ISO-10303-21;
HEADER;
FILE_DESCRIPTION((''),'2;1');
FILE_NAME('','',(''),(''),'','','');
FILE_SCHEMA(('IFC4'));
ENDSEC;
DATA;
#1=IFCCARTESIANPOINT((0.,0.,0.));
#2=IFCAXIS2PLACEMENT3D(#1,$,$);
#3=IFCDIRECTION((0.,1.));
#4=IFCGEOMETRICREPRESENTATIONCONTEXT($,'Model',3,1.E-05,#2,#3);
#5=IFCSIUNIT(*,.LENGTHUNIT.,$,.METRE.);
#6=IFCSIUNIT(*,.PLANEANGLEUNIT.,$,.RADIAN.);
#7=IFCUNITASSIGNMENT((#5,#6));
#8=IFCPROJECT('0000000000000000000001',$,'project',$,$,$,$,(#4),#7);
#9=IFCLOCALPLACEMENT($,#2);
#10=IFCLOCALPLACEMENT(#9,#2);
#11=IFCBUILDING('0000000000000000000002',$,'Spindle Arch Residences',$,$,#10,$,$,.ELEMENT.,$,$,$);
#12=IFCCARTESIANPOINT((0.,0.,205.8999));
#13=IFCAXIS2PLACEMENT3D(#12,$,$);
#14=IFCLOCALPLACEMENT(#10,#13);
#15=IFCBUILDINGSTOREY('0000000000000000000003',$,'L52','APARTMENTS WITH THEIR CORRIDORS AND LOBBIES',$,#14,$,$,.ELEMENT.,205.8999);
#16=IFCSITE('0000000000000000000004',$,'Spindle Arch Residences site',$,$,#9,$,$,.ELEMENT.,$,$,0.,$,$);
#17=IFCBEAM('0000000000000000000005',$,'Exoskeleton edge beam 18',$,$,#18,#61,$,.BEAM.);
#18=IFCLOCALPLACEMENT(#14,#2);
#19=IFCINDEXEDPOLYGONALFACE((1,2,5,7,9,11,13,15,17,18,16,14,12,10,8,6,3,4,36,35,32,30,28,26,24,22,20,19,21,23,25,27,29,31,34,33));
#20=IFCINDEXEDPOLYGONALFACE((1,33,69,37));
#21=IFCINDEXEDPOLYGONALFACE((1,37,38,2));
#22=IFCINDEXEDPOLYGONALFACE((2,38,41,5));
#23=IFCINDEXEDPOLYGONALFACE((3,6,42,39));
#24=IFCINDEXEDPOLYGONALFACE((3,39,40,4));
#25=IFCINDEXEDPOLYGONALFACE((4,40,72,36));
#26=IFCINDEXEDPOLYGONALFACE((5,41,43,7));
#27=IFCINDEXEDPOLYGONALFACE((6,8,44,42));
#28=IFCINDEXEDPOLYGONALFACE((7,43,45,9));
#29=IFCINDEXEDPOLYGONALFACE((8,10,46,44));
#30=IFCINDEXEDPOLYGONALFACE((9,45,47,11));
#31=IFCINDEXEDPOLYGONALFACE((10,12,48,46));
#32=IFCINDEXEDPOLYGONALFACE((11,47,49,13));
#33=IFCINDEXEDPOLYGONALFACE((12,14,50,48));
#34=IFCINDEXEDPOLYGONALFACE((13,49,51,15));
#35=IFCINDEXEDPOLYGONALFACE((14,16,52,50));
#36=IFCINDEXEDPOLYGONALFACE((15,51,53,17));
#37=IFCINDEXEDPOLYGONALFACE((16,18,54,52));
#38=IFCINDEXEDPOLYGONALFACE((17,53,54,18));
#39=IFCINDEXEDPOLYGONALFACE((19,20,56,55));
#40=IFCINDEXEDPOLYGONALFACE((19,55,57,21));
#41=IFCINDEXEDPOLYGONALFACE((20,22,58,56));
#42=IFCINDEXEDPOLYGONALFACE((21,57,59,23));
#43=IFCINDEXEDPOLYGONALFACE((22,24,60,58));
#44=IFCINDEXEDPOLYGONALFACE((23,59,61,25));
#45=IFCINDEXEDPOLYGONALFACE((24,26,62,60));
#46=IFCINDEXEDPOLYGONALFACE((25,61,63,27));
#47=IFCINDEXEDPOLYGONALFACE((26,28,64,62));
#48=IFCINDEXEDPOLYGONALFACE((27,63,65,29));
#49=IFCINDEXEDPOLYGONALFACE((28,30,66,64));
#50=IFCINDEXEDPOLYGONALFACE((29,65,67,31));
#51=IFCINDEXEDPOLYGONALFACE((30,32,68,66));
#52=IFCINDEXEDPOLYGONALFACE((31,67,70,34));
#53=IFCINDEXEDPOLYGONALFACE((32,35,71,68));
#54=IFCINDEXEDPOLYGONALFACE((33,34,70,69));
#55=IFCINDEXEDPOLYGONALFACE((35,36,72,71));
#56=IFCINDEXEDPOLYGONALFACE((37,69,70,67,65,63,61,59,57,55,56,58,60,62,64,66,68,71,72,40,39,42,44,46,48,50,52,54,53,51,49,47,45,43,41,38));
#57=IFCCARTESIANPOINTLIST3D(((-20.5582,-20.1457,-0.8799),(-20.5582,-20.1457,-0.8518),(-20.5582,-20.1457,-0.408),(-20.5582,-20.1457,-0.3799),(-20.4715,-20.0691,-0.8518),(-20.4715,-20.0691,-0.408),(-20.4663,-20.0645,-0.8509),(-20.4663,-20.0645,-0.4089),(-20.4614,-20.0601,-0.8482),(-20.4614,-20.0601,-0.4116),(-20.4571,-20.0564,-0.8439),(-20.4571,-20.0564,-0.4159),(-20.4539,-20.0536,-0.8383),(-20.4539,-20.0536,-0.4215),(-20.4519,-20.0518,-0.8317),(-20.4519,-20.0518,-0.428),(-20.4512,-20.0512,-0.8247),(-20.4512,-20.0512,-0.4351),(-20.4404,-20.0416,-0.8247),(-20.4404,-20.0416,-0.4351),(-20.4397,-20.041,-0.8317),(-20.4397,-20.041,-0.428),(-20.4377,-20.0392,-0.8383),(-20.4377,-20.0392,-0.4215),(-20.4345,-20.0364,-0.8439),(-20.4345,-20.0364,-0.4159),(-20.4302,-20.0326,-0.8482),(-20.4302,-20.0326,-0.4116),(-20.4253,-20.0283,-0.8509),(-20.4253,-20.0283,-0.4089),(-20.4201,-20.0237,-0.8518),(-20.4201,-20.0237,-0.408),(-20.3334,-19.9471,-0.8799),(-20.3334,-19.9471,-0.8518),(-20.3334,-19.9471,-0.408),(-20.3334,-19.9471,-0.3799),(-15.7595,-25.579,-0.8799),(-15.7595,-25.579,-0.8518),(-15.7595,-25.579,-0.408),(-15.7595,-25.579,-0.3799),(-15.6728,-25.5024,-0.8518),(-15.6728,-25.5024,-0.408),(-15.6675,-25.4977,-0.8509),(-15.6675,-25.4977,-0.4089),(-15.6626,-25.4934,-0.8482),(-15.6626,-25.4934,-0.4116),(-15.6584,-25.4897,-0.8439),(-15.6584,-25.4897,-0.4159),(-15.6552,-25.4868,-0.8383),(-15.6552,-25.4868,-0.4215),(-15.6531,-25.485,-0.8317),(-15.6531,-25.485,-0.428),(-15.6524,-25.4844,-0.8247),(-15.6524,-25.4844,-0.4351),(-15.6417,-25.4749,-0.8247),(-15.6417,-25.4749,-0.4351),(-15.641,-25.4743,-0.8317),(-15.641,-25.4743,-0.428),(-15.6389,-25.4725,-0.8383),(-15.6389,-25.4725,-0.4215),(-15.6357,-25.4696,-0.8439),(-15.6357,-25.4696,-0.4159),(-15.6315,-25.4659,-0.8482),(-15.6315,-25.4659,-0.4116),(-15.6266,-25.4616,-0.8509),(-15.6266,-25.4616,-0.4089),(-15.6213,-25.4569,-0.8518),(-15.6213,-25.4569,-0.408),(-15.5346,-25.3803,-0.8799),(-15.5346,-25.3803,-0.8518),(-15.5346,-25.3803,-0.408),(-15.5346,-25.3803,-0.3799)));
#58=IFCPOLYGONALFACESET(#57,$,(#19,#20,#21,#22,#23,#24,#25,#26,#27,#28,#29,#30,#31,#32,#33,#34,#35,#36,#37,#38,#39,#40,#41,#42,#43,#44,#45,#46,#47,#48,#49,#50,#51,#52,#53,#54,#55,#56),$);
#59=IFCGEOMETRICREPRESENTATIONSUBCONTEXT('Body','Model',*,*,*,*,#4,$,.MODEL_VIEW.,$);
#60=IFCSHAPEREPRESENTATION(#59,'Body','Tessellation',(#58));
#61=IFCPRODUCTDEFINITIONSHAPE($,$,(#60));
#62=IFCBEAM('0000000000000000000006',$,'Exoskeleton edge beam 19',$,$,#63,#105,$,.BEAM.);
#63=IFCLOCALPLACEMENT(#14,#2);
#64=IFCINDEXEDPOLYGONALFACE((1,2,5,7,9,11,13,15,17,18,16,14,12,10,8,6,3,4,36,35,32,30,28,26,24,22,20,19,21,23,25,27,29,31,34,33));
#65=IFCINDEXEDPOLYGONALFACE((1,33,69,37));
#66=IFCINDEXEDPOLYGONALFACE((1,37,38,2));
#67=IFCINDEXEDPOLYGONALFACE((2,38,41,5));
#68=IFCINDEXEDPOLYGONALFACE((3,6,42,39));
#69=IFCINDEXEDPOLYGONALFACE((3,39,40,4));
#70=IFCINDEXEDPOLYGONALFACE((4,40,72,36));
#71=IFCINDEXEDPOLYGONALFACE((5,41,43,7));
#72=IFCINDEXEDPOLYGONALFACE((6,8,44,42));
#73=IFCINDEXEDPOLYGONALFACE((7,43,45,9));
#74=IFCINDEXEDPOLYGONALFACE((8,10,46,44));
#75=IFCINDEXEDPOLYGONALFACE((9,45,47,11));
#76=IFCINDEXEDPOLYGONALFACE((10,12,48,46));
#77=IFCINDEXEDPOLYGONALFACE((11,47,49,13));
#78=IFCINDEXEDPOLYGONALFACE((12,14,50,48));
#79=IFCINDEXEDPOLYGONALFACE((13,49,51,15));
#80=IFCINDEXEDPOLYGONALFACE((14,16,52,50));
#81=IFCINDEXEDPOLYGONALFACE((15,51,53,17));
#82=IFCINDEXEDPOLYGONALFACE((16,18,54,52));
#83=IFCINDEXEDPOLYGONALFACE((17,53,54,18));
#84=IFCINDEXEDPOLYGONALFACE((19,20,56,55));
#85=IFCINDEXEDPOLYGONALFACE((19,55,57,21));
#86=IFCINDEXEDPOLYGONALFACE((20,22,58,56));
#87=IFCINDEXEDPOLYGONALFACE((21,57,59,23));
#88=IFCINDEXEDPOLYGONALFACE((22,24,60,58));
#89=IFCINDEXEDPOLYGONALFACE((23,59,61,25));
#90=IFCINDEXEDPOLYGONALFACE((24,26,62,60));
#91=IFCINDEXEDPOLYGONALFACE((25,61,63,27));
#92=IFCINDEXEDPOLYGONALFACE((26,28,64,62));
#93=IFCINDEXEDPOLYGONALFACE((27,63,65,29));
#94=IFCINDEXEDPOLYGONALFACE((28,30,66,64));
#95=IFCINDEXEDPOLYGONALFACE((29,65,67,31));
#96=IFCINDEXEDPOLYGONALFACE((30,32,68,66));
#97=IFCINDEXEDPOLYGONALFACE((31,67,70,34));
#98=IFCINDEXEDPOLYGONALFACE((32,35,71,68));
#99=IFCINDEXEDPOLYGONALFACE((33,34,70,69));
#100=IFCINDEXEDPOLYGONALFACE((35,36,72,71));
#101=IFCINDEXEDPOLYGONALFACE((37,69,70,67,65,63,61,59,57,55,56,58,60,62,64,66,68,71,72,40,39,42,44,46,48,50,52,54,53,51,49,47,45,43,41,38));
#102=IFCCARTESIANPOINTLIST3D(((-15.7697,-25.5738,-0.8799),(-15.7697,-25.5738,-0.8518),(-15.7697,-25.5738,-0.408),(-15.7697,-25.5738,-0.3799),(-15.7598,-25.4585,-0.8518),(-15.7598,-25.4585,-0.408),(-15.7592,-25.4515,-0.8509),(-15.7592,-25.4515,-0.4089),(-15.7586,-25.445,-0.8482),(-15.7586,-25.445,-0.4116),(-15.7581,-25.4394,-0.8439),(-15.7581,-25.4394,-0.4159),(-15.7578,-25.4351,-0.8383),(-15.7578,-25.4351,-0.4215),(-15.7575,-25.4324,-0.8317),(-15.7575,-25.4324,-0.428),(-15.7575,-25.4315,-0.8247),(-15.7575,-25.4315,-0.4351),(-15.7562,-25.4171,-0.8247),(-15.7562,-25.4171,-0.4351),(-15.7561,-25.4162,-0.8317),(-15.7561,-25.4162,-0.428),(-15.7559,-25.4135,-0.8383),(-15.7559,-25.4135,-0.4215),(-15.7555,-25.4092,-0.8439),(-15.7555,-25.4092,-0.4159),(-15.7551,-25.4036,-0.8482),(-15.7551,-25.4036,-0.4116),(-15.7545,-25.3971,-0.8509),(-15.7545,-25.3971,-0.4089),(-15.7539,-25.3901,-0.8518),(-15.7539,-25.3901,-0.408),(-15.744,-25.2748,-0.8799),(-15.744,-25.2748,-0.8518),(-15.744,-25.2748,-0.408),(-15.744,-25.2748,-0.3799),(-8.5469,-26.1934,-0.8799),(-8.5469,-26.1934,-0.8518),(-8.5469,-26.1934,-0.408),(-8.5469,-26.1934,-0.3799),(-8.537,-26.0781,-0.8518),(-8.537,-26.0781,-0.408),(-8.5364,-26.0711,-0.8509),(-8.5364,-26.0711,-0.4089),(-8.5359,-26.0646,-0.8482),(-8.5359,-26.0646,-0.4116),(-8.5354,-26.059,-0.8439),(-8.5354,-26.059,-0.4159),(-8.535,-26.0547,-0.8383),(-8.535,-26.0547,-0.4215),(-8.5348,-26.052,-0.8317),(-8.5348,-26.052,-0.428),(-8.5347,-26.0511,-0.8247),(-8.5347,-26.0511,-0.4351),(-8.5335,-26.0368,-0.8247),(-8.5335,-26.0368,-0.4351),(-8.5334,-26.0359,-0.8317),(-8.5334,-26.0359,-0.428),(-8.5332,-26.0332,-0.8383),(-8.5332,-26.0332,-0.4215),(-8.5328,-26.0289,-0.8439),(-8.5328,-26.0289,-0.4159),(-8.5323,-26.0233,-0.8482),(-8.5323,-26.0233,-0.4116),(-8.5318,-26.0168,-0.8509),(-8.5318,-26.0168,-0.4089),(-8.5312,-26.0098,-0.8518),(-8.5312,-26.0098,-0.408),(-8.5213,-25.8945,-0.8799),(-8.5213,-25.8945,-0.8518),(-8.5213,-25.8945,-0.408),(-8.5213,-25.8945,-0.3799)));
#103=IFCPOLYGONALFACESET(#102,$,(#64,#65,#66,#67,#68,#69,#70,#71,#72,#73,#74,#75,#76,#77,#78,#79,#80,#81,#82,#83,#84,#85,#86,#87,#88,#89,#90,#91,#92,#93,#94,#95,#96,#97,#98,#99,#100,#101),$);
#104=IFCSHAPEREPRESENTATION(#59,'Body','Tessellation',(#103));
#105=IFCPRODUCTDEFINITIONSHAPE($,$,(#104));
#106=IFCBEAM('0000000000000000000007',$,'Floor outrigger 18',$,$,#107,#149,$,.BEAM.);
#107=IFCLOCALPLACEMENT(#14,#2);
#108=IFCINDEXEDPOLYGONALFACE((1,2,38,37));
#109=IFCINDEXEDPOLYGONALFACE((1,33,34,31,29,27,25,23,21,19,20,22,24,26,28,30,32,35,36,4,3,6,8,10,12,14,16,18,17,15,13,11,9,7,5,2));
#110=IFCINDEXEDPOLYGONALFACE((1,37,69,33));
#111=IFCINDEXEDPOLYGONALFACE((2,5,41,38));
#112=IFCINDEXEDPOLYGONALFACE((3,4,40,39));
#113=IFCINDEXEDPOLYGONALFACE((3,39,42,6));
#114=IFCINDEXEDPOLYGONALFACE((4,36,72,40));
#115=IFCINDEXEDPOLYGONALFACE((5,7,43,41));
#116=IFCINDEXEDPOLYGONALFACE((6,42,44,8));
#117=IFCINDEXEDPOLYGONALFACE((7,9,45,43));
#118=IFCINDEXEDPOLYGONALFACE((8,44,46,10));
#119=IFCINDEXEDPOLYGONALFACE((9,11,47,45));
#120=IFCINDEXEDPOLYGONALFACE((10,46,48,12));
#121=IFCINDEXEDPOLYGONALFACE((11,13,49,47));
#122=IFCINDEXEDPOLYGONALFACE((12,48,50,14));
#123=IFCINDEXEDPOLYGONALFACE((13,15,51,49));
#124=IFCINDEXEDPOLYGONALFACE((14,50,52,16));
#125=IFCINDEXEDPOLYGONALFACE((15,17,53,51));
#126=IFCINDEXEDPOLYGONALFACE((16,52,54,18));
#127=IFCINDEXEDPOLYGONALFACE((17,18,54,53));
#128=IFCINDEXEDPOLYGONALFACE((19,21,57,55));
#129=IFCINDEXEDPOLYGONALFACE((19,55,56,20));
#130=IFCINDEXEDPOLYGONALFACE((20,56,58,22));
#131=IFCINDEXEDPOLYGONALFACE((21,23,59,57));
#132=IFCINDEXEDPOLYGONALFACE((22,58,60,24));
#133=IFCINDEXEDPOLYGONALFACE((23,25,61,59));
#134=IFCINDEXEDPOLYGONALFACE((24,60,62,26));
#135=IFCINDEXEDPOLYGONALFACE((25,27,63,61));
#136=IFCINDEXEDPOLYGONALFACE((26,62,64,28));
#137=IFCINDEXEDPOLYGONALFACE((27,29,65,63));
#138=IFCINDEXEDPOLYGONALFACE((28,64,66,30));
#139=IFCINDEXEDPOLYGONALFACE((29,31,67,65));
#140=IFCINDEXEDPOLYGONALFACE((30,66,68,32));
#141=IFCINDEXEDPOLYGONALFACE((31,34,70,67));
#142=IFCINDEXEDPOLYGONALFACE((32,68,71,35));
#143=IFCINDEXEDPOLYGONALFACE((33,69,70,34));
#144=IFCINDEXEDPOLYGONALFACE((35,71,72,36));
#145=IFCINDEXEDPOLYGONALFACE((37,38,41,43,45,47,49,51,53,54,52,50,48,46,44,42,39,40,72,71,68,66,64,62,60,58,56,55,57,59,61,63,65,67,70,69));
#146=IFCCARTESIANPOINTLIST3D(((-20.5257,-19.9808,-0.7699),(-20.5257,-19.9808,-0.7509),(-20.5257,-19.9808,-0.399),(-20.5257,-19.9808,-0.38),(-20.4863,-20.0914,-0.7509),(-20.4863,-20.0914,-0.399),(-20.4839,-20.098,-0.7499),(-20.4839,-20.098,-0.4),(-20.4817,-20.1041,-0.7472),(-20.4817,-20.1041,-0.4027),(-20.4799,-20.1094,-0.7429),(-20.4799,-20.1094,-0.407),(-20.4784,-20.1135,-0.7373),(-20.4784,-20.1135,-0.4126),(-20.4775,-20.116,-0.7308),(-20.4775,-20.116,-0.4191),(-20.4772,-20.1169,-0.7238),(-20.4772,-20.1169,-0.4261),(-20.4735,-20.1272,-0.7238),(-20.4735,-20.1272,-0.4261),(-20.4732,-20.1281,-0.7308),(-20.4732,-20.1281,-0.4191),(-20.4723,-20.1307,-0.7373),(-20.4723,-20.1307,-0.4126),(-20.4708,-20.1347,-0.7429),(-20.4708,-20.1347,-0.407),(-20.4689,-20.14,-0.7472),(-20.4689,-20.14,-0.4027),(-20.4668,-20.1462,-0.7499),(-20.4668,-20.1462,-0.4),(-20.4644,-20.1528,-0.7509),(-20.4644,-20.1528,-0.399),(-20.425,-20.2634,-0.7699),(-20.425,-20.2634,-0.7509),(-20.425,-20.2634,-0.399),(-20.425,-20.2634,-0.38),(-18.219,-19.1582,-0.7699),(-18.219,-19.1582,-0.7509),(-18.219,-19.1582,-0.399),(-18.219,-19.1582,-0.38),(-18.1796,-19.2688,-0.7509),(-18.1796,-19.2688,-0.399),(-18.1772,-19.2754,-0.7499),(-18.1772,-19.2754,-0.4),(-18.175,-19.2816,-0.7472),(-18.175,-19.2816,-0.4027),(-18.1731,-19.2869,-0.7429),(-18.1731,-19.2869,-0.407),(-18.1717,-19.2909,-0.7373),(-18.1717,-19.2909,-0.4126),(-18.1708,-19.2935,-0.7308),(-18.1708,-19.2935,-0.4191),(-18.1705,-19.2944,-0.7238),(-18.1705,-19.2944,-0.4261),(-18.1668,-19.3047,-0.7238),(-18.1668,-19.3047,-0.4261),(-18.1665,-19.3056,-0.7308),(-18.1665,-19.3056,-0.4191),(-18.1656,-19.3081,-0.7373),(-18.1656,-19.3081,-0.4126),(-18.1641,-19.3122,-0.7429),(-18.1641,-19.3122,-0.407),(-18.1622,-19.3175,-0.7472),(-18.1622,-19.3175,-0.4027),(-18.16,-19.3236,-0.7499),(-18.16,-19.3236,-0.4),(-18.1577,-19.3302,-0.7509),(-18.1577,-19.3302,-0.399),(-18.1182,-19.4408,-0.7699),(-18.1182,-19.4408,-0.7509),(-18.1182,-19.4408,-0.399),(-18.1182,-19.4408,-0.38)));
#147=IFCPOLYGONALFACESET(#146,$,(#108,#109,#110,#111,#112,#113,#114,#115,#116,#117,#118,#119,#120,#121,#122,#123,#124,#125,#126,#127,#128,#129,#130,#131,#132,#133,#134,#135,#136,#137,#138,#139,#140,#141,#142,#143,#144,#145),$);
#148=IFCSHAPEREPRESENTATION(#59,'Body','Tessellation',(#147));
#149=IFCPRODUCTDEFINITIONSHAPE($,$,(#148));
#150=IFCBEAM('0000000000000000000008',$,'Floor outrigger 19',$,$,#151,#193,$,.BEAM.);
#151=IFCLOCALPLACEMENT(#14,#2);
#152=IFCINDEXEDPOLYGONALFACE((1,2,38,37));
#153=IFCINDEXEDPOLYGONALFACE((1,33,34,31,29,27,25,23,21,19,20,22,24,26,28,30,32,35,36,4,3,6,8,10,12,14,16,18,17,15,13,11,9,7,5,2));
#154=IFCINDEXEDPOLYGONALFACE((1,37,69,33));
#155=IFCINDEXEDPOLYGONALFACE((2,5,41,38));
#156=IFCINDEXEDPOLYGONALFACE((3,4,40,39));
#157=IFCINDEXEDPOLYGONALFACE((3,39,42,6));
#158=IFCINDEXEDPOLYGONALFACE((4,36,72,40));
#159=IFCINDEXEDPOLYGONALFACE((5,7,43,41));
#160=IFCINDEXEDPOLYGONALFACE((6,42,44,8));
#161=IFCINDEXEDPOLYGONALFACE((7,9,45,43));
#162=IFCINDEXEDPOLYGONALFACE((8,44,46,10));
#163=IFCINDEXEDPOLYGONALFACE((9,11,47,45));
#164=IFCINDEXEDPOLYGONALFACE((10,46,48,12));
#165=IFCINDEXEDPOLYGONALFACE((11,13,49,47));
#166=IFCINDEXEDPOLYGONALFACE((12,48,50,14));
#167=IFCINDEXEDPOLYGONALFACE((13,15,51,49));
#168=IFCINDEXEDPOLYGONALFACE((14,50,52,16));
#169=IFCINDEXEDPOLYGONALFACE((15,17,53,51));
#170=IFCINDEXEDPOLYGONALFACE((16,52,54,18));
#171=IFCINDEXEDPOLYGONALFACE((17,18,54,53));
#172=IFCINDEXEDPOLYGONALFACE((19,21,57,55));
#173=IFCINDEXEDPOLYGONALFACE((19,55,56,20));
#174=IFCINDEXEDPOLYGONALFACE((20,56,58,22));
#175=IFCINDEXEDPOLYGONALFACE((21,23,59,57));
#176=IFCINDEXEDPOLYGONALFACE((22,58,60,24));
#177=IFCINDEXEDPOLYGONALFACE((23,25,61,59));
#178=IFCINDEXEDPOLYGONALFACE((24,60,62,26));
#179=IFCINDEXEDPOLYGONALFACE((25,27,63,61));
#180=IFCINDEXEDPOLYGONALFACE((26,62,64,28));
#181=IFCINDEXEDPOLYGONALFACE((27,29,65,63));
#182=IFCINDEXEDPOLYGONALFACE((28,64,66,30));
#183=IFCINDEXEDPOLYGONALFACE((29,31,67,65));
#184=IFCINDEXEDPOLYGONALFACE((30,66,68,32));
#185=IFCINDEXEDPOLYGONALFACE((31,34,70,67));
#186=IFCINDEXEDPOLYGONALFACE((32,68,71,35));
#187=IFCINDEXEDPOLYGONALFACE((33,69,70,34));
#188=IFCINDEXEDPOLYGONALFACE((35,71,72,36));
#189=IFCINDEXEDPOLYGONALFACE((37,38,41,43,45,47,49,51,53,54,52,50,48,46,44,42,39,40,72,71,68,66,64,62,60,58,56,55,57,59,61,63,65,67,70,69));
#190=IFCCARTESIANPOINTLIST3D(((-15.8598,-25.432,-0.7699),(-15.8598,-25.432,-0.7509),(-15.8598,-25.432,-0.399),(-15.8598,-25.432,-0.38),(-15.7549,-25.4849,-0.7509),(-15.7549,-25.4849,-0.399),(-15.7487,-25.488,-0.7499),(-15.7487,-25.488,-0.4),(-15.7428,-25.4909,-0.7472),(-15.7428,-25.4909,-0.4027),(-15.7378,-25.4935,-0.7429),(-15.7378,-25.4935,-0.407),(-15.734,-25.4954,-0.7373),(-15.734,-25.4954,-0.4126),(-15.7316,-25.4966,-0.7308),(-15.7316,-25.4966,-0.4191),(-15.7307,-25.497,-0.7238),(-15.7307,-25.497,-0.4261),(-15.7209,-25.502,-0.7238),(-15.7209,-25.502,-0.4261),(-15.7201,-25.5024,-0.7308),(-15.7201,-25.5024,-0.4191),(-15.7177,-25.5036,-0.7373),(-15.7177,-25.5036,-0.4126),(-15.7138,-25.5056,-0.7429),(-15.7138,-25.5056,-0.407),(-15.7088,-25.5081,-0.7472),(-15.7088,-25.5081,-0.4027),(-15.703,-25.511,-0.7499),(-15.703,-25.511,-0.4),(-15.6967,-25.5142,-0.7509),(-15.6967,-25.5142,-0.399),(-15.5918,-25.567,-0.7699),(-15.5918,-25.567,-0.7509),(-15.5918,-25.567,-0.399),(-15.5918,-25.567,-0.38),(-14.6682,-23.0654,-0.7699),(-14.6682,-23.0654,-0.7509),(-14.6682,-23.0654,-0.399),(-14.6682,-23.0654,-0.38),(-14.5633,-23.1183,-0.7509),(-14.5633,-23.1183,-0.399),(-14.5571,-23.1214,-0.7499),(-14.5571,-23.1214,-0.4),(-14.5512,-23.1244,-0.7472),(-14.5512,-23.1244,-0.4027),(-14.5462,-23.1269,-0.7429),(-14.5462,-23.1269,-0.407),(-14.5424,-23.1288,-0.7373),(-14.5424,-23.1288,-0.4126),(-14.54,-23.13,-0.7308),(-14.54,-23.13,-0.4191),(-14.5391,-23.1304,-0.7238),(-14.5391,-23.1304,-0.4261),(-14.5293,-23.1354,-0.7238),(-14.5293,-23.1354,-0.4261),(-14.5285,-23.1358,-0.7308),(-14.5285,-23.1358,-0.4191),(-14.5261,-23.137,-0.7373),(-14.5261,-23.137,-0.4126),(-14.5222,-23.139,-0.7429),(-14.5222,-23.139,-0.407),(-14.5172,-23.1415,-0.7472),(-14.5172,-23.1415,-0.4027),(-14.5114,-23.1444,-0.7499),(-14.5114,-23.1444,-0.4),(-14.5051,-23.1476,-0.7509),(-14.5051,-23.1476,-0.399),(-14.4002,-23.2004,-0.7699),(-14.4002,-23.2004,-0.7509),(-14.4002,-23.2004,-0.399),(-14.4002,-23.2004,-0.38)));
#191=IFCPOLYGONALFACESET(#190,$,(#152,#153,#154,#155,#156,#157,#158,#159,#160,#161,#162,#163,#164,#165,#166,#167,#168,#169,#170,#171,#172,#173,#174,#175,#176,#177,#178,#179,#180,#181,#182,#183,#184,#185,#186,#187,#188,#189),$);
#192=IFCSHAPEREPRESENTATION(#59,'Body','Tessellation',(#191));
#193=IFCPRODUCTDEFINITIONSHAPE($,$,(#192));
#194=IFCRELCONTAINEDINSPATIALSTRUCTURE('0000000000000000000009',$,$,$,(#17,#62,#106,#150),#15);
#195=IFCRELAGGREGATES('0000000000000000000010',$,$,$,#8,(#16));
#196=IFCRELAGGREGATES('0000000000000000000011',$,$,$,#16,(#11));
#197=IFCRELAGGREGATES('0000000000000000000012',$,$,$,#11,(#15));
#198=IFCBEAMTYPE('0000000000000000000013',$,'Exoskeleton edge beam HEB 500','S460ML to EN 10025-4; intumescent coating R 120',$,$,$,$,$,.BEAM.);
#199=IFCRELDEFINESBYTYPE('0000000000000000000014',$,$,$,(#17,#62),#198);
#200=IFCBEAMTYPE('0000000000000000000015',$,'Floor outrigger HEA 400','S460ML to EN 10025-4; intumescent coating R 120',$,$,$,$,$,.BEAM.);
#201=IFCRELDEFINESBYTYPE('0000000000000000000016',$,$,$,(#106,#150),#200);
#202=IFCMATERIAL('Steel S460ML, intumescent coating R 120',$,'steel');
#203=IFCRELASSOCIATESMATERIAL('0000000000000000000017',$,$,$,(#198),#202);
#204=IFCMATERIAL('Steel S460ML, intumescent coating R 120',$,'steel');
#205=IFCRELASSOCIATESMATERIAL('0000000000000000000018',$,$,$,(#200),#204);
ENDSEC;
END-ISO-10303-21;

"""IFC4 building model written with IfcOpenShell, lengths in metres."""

from ifc_helpers import new_model, si_unit, direction, frame, origin, origin_2d, place, context, subcontext, project, spatial, i_section, extrude, material, material_profile, profile_set, type_object, element, save


model = new_model("IFC4")

# Units and contexts
model_context = context("Model", 3, precision=1e-05, world=origin(), true_north=direction((0.0, 1.0)))
body_context = subcontext(model_context, "Body", "Model", "MODEL_VIEW")
ifc_project = project(units=[si_unit("LENGTHUNIT", "METRE"), si_unit("PLANEANGLEUNIT", "RADIAN")], contexts=[model_context])

# Site, building, storey
site_placement = place(None, origin())
site = spatial("IfcSite", under=ifc_project, at=site_placement, Name="Spindle Arch Residences site", CompositionType="ELEMENT", RefElevation=0.0)
building_placement = place(site_placement, origin())
building = spatial("IfcBuilding", under=site, at=building_placement, Name="Spindle Arch Residences", CompositionType="ELEMENT")
storey_placement = place(building_placement, frame((0.0, 0.0, 205.8999)))
storey = spatial("IfcBuildingStorey", under=building, at=storey_placement, Name="L52", Description="APARTMENTS WITH THEIR CORRIDORS AND LOBBIES", CompositionType="ELEMENT", Elevation=205.8999)

# Beams
ifc_material_1 = material(Name="Steel S460ML, intumescent coating R 120", Category="steel")
ifc_material_profile_1 = material_profile(ifc_material_1, i_section(OverallWidth=0.3, OverallDepth=0.5, WebThickness=0.0144, FlangeThickness=0.0281, FilletRadius=0.0271, at=origin_2d()), Name="HEB 500")
ifc_profile_set_1 = profile_set([ifc_material_profile_1], Name="Steel S460ML, intumescent coating R 120")
beam_type_1 = type_object("IfcBeamType", Name="Exoskeleton edge beam HEB 500", Description="S460ML to EN 10025-4; intumescent coating R 120", PredefinedType="BEAM", material=ifc_profile_set_1)
beam_1_placement = place(storey_placement, frame((-20.4458, -20.0464, -0.6299), z_axis=(0.661986, -0.749516, 0.0), x_axis=(0.749516, 0.661986, 0.0)))
element("IfcBeam", 1, at=beam_1_placement, inside=storey, type_object=beam_type_1, Name="Exoskeleton edge beam 18", PredefinedType="BEAM", context=body_context, shape_type="SweptSolid", body=[
    extrude(i_section(OverallWidth=0.3, OverallDepth=0.5, WebThickness=0.0144, FlangeThickness=0.0281, FilletRadius=0.0271, at=origin_2d()), origin(), (0.0, 0.0, 1.0), 7.249),
])
beam_2_placement = place(storey_placement, frame((-15.7568, -25.4243, -0.6299), z_axis=(0.99634, -0.085476, 0.0), x_axis=(0.085476, 0.99634, 0.0)))
element("IfcBeam", 2, at=beam_2_placement, inside=storey, type_object=beam_type_1, Name="Exoskeleton edge beam 19", PredefinedType="BEAM", context=body_context, shape_type="SweptSolid", body=[
    extrude(i_section(OverallWidth=0.3, OverallDepth=0.5, WebThickness=0.0144, FlangeThickness=0.0281, FilletRadius=0.0271, at=origin_2d()), origin(), (0.0, 0.0, 1.0), 7.2493),
])
ifc_material_2 = material(Name="Steel S460ML, intumescent coating R 120", Category="steel")
ifc_material_profile_2 = material_profile(ifc_material_2, i_section(OverallWidth=0.3, OverallDepth=0.3899, WebThickness=0.011, FlangeThickness=0.019, FilletRadius=0.0271, at=origin_2d()), Name="HEA 400")
ifc_profile_set_2 = profile_set([ifc_material_profile_2], Name="Steel S460ML, intumescent coating R 120")
beam_type_2 = type_object("IfcBeamType", Name="Floor outrigger HEA 400", Description="S460ML to EN 10025-4; intumescent coating R 120", PredefinedType="BEAM", material=ifc_profile_set_2)
beam_3_placement = place(storey_placement, frame((-20.4753, -20.1221, -0.575), z_axis=(0.941909, 0.335869, 0.0), x_axis=(-0.335869, 0.941909, 0.0)))
element("IfcBeam", 3, at=beam_3_placement, inside=storey, type_object=beam_type_2, Name="Floor outrigger 18", PredefinedType="BEAM", context=body_context, shape_type="SweptSolid", body=[
    extrude(i_section(OverallWidth=0.3, OverallDepth=0.3899, WebThickness=0.011, FlangeThickness=0.019, FilletRadius=0.0271, at=origin_2d()), origin(), (0.0, 0.0, 1.0), 2.449),
])
beam_4_placement = place(storey_placement, frame((-15.7258, -25.4995, -0.575), z_axis=(0.449718, 0.893171, 0.0), x_axis=(-0.893171, 0.449718, 0.0)))
element("IfcBeam", 4, at=beam_4_placement, inside=storey, type_object=beam_type_2, Name="Floor outrigger 19", PredefinedType="BEAM", context=body_context, shape_type="SweptSolid", body=[
    extrude(i_section(OverallWidth=0.3, OverallDepth=0.3899, WebThickness=0.011, FlangeThickness=0.019, FilletRadius=0.0271, at=origin_2d()), origin(), (0.0, 0.0, 1.0), 2.6497),
])

save(model, "model.ifc")
